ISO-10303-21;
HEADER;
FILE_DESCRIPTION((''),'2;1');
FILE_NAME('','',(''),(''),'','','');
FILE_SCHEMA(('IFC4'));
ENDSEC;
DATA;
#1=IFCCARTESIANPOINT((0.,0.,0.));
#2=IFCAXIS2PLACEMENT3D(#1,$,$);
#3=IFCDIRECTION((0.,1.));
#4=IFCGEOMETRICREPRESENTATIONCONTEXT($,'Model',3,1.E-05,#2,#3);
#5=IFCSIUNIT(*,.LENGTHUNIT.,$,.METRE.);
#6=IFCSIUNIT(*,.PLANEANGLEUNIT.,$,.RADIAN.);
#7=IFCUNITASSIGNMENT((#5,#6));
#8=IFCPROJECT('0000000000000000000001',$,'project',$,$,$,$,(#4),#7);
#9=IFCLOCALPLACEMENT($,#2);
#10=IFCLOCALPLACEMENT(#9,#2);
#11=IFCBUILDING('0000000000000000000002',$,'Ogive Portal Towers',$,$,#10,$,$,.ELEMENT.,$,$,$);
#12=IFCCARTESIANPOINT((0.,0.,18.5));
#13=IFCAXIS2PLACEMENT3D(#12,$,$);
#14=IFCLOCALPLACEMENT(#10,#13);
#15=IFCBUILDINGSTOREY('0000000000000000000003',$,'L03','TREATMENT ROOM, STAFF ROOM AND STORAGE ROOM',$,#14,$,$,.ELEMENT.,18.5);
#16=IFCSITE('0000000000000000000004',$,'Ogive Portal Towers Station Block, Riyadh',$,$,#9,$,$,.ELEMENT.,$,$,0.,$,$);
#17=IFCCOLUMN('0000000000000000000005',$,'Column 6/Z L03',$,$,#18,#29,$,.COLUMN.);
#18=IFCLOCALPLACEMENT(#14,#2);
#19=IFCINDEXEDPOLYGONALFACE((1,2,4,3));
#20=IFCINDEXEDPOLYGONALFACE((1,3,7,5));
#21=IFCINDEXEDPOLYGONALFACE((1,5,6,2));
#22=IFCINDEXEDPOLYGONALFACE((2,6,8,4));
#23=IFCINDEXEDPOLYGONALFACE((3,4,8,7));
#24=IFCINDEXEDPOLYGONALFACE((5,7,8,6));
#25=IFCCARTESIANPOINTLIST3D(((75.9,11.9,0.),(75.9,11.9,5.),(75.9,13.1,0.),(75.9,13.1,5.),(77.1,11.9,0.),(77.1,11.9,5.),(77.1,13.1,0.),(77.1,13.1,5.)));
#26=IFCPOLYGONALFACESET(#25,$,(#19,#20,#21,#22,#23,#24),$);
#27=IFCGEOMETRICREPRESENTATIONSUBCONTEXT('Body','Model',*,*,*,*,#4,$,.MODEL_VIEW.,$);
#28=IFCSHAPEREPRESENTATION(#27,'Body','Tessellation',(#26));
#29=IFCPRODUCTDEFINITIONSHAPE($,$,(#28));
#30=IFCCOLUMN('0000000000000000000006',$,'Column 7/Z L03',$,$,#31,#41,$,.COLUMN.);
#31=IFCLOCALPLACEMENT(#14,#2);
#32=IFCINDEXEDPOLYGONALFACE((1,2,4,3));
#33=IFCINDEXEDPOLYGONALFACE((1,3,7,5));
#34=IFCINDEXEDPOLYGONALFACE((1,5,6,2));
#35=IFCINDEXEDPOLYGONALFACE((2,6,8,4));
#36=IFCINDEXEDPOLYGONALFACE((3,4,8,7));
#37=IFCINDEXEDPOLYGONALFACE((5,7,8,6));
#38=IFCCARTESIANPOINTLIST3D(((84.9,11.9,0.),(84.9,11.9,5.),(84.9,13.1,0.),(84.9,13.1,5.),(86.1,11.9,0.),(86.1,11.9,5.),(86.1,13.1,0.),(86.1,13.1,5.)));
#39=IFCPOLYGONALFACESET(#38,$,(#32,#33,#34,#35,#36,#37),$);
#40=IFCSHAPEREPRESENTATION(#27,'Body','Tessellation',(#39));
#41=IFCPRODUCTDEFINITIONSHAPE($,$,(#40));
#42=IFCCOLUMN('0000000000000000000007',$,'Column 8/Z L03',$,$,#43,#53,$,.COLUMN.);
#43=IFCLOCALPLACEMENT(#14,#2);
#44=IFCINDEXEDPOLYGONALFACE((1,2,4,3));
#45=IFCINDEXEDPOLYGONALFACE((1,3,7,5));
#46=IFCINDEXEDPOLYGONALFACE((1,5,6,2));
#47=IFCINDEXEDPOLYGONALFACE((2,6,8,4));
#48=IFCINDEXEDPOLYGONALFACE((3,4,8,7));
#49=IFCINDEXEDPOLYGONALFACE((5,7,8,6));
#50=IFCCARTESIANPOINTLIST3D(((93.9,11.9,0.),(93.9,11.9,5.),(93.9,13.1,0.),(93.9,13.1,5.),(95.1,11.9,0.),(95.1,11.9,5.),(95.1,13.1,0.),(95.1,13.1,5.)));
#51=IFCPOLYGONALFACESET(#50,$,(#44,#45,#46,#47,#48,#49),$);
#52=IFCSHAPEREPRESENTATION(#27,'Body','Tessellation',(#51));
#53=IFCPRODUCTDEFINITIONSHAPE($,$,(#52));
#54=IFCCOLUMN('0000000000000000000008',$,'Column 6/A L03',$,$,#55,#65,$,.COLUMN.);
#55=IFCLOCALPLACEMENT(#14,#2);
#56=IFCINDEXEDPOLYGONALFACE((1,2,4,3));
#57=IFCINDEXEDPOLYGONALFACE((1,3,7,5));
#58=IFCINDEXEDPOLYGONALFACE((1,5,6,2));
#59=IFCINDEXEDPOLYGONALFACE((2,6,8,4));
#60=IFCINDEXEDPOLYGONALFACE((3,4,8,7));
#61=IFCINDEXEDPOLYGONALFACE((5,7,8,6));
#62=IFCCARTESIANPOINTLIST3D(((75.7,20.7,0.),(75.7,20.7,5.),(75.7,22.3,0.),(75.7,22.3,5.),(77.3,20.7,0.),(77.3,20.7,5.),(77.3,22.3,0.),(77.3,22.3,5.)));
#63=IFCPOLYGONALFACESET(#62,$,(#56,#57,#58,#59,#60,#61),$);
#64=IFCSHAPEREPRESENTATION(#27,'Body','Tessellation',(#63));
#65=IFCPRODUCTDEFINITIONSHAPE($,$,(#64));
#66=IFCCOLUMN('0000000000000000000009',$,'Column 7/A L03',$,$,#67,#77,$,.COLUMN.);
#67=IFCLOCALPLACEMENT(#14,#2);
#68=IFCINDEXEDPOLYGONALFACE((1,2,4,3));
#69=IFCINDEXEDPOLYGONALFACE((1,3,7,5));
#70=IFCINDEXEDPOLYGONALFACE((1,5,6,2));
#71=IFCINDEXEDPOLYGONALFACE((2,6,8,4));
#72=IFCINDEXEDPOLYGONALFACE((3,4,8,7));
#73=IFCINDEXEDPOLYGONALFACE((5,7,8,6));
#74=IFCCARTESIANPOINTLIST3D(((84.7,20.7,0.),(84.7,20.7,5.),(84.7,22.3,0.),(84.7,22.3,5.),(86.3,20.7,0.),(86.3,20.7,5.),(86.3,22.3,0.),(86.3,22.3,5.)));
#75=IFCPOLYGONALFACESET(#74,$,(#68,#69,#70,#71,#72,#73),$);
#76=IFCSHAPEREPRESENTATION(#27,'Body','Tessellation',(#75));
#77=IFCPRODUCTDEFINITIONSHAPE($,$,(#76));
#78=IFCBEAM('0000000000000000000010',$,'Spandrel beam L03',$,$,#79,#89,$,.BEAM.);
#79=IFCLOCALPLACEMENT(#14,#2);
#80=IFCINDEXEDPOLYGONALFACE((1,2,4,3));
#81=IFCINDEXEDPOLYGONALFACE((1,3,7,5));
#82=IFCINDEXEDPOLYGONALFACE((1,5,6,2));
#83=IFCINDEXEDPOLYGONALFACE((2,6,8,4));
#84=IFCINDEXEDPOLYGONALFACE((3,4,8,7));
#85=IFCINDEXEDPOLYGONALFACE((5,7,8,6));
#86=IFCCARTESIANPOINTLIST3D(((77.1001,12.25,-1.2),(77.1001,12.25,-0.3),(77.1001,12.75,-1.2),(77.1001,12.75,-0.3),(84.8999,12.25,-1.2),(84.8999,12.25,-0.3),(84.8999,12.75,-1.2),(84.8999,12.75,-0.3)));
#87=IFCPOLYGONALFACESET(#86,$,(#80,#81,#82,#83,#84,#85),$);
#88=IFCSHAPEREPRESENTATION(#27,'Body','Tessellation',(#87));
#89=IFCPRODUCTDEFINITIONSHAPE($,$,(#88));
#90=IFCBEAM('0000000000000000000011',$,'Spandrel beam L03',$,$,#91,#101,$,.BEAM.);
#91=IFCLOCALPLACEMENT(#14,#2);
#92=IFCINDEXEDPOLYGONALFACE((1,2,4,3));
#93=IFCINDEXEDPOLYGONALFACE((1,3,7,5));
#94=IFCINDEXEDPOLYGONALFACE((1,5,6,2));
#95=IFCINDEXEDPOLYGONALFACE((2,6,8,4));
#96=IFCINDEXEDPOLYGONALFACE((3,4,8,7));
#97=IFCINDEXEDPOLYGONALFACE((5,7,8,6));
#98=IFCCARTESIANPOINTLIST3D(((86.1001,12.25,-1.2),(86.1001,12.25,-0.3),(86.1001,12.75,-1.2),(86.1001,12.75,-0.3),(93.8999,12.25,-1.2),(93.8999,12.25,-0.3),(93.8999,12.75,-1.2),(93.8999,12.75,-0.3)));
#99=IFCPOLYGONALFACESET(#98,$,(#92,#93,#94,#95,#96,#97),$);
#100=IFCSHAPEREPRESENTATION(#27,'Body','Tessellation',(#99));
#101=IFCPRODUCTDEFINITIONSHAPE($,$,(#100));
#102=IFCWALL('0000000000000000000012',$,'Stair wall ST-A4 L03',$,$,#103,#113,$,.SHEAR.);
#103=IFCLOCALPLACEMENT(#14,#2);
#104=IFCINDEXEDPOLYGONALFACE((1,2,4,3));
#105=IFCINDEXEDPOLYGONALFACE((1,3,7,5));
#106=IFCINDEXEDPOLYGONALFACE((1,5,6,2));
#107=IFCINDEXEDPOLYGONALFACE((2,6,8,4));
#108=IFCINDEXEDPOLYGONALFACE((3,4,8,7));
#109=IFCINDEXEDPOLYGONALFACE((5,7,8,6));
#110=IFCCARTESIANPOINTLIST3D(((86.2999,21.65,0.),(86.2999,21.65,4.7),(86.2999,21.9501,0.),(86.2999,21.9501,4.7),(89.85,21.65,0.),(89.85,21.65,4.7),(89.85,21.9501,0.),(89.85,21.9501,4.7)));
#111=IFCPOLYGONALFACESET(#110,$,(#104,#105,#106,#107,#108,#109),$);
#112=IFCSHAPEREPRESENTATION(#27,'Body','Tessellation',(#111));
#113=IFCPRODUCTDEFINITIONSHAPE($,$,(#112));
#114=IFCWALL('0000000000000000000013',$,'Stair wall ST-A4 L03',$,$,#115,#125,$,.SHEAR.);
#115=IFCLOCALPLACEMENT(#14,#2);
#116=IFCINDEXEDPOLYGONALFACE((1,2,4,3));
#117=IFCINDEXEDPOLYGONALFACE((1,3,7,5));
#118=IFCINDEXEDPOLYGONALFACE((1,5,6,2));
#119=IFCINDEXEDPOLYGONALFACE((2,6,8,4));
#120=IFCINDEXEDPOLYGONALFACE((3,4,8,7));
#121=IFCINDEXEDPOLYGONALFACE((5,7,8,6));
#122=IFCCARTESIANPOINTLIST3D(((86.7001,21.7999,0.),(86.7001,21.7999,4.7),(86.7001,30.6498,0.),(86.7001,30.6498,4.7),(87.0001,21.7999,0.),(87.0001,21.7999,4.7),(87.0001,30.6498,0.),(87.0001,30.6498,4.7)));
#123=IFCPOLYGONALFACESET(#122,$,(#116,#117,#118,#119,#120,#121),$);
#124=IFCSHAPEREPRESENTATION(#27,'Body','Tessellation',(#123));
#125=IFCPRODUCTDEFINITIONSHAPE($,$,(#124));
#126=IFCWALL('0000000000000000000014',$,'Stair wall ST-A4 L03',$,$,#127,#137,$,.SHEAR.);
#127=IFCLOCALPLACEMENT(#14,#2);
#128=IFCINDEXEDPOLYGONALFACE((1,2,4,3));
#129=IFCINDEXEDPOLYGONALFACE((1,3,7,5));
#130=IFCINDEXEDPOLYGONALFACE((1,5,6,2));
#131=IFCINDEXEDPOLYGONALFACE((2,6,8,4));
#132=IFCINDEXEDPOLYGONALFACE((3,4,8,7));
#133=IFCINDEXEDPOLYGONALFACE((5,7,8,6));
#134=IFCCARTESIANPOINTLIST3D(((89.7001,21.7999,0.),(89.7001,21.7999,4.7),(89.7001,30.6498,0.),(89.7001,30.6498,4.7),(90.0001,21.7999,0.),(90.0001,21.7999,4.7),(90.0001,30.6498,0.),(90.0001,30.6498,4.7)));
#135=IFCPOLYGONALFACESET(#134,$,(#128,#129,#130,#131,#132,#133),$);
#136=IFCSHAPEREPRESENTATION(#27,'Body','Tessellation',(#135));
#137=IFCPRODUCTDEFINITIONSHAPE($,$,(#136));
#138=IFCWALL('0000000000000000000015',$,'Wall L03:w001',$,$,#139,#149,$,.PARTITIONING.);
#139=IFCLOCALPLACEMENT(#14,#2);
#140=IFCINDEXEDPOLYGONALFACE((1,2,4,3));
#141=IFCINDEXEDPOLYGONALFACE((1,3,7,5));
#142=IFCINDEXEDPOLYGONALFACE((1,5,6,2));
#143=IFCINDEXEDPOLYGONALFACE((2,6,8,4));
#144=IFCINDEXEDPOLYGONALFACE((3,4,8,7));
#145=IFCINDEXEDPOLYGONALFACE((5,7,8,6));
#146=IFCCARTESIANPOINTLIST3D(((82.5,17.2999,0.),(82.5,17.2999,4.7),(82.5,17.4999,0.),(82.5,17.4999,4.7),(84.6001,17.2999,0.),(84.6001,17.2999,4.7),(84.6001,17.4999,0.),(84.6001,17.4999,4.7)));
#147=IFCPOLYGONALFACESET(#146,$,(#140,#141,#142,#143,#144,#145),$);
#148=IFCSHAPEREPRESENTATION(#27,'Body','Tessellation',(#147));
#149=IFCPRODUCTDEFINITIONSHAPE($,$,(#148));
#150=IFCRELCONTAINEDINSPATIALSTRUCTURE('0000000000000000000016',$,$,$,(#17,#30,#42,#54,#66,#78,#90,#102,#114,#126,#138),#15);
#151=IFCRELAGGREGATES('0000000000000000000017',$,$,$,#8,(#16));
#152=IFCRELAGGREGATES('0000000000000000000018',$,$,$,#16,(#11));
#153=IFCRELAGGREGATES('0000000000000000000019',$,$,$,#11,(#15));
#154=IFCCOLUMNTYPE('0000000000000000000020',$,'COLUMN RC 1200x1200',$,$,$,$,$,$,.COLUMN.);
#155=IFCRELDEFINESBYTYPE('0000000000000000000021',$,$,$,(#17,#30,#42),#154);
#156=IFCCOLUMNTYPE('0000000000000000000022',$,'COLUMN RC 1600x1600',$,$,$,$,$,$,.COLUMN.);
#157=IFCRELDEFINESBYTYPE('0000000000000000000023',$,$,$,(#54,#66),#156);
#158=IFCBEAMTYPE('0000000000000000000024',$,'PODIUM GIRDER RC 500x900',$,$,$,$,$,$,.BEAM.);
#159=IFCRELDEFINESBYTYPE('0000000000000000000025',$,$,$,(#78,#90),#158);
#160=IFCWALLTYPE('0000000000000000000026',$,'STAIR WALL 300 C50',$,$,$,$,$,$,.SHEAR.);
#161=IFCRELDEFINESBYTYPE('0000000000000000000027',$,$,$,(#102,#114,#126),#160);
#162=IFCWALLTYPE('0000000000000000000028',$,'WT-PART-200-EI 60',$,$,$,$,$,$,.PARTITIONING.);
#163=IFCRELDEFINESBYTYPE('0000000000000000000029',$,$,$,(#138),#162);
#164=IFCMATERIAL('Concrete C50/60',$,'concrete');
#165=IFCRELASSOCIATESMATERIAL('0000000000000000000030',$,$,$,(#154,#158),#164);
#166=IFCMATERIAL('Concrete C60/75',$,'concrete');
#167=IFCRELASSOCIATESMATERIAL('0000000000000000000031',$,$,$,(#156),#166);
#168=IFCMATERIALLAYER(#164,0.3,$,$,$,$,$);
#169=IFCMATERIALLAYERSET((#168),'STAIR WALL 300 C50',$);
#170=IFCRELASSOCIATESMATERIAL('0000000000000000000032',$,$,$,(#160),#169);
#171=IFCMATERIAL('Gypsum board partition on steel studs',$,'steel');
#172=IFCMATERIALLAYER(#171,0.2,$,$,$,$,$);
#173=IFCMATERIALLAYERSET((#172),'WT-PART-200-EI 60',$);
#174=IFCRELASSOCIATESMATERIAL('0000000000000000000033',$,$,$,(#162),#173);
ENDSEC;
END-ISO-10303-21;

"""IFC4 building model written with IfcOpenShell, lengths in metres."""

from ifc_helpers import new_model, si_unit, direction, frame, frame_2d, origin, origin_2d, place, context, subcontext, project, spatial, rectangle, extrude, material, layer, layer_set, material_profile, profile_set, type_object, element, save


model = new_model("IFC4")

# Units and contexts
model_context = context("Model", 3, precision=1e-05, world=origin(), true_north=direction((0.0, 1.0)))
body_context = subcontext(model_context, "Body", "Model", "MODEL_VIEW")
ifc_project = project(units=[si_unit("LENGTHUNIT", "METRE"), si_unit("PLANEANGLEUNIT", "RADIAN")], contexts=[model_context])

# Site, building, storey
site_placement = place(None, origin())
site = spatial("IfcSite", under=ifc_project, at=site_placement, Name="Ogive Portal Towers Station Block, Riyadh", CompositionType="ELEMENT", RefElevation=0.0)
building_placement = place(site_placement, origin())
building = spatial("IfcBuilding", under=site, at=building_placement, Name="Ogive Portal Towers", CompositionType="ELEMENT")
storey_placement = place(building_placement, frame((0.0, 0.0, 18.5)))
storey = spatial("IfcBuildingStorey", under=building, at=storey_placement, Name="L03", Description="TREATMENT ROOM, STAFF ROOM AND STORAGE ROOM", CompositionType="ELEMENT", Elevation=18.5)

# Columns
ifc_material_1 = material(Name="Concrete C50/60", Category="concrete")
ifc_material_profile_1 = material_profile(ifc_material_1, rectangle(XDim=1.2, YDim=1.2, at=origin_2d()), Name="RC 1200x1200")
ifc_profile_set_1 = profile_set([ifc_material_profile_1], Name="Concrete C50/60")
column_type_1 = type_object("IfcColumnType", Name="COLUMN RC 1200x1200", PredefinedType="COLUMN", material=ifc_profile_set_1)
for number, where, z_axis, x_axis, name in (
    (1, (76.5, 12.5, 0.0), (0.0, 0.0, 1.0), (1.0, 0.0, 0.0), "Column 6/Z L03"),
    (2, (85.5, 12.5, 0.0), (0.0, 0.0, 1.0), (1.0, 0.0, 0.0), "Column 7/Z L03"),
    (3, (94.5, 12.5, 0.0), (0.0, 0.0, 1.0), (1.0, 0.0, 0.0), "Column 8/Z L03"),
):
    element("IfcColumn", number, at=place(storey_placement, frame(where, z_axis=z_axis, x_axis=x_axis)), inside=storey, type_object=column_type_1, Name=name, PredefinedType="COLUMN", context=body_context, shape_type="SweptSolid", body=[
        extrude(rectangle(XDim=1.2, YDim=1.2, at=origin_2d()), origin(), (0.0, 0.0, 1.0), 5.0),
    ])
ifc_material_2 = material(Name="Concrete C60/75", Category="concrete")
ifc_material_profile_2 = material_profile(ifc_material_2, rectangle(XDim=1.6001, YDim=1.6001, at=origin_2d()), Name="RC 1600x1600")
ifc_profile_set_2 = profile_set([ifc_material_profile_2], Name="Concrete C60/75")
column_type_2 = type_object("IfcColumnType", Name="COLUMN RC 1600x1600", PredefinedType="COLUMN", material=ifc_profile_set_2)
for number, where, z_axis, x_axis, name in (
    (4, (76.5, 21.5, 0.0), (0.0, 0.0, 1.0), (1.0, 0.0, 0.0), "Column 6/A L03"),
    (5, (85.5, 21.5, 0.0), (0.0, 0.0, 1.0), (1.0, 0.0, 0.0), "Column 7/A L03"),
):
    element("IfcColumn", number, at=place(storey_placement, frame(where, z_axis=z_axis, x_axis=x_axis)), inside=storey, type_object=column_type_2, Name=name, PredefinedType="COLUMN", context=body_context, shape_type="SweptSolid", body=[
        extrude(rectangle(XDim=1.6001, YDim=1.6001, at=origin_2d()), origin(), (0.0, 0.0, 1.0), 5.0),
    ])

# Beams
ifc_material_profile_3 = material_profile(ifc_material_1, rectangle(XDim=0.5, YDim=0.8999, at=origin_2d()), Name="RC 500x900")
ifc_profile_set_3 = profile_set([ifc_material_profile_3], Name="Concrete C50/60")
beam_type = type_object("IfcBeamType", Name="PODIUM GIRDER RC 500x900", PredefinedType="BEAM", material=ifc_profile_set_3)
for number, where, z_axis, x_axis, name in (
    (6, (77.1001, 12.5, -0.75), (1.0, 0.0, 0.0), (0.0, 1.0, 0.0), "Spandrel beam L03"),
    (7, (86.1001, 12.5, -0.75), (1.0, 0.0, 0.0), (0.0, 1.0, 0.0), "Spandrel beam L03"),
):
    element("IfcBeam", number, at=place(storey_placement, frame(where, z_axis=z_axis, x_axis=x_axis)), inside=storey, type_object=beam_type, Name=name, PredefinedType="BEAM", context=body_context, shape_type="SweptSolid", body=[
        extrude(rectangle(XDim=0.5, YDim=0.8999, at=origin_2d()), origin(), (0.0, 0.0, 1.0), 7.7998),
    ])

# Walls
ifc_layer_1 = layer(ifc_material_1, 0.3)
ifc_layer_set_1 = layer_set([ifc_layer_1], Name="STAIR WALL 300 C50")
wall_type_1 = type_object("IfcWallType", Name="STAIR WALL 300 C50", PredefinedType="SHEAR", material=ifc_layer_set_1)
wall_1_placement = place(storey_placement, frame((86.3, 21.8, 0.0), z_axis=(0.0, 0.0, 1.0), x_axis=(1.0, 0.0, 0.0)))
element("IfcWall", 8, at=wall_1_placement, inside=storey, type_object=wall_type_1, Name="Stair wall ST-A4 L03", PredefinedType="SHEAR", context=body_context, shape_type="SweptSolid", body=[
    extrude(rectangle(XDim=3.55, YDim=0.3, at=frame_2d((1.7749, 0.0))), origin(), (0.0, 0.0, 1.0), 4.7),
])
for number, where, z_axis, x_axis, name in (
    (9, (86.8501, 21.8, 0.0), (0.0, 0.0, 1.0), (0.0, 1.0, 0.0), "Stair wall ST-A4 L03"),
    (10, (89.8501, 21.8, 0.0), (0.0, 0.0, 1.0), (0.0, 1.0, 0.0), "Stair wall ST-A4 L03"),
):
    element("IfcWall", number, at=place(storey_placement, frame(where, z_axis=z_axis, x_axis=x_axis)), inside=storey, type_object=wall_type_1, Name=name, PredefinedType="SHEAR", context=body_context, shape_type="SweptSolid", body=[
        extrude(rectangle(XDim=8.8499, YDim=0.3, at=frame_2d((4.4248, 0.0))), origin(), (0.0, 0.0, 1.0), 4.7),
    ])
ifc_material_3 = material(Name="Gypsum board partition on steel studs", Category="steel")
ifc_layer_2 = layer(ifc_material_3, 0.2)
ifc_layer_set_2 = layer_set([ifc_layer_2], Name="WT-PART-200-EI 60")
wall_type_2 = type_object("IfcWallType", Name="WT-PART-200-EI 60", PredefinedType="PARTITIONING", material=ifc_layer_set_2)
wall_2_placement = place(storey_placement, frame((82.5, 17.3999, 0.0), z_axis=(0.0, 0.0, 1.0), x_axis=(1.0, 0.0, 0.0)))
element("IfcWall", 11, at=wall_2_placement, inside=storey, type_object=wall_type_2, Name="Wall L03:w001", PredefinedType="PARTITIONING", context=body_context, shape_type="SweptSolid", body=[
    extrude(rectangle(XDim=2.1001, YDim=0.2, at=frame_2d((1.05, 0.0))), origin(), (0.0, 0.0, 1.0), 4.7),
])

save(model, "model.ifc")
